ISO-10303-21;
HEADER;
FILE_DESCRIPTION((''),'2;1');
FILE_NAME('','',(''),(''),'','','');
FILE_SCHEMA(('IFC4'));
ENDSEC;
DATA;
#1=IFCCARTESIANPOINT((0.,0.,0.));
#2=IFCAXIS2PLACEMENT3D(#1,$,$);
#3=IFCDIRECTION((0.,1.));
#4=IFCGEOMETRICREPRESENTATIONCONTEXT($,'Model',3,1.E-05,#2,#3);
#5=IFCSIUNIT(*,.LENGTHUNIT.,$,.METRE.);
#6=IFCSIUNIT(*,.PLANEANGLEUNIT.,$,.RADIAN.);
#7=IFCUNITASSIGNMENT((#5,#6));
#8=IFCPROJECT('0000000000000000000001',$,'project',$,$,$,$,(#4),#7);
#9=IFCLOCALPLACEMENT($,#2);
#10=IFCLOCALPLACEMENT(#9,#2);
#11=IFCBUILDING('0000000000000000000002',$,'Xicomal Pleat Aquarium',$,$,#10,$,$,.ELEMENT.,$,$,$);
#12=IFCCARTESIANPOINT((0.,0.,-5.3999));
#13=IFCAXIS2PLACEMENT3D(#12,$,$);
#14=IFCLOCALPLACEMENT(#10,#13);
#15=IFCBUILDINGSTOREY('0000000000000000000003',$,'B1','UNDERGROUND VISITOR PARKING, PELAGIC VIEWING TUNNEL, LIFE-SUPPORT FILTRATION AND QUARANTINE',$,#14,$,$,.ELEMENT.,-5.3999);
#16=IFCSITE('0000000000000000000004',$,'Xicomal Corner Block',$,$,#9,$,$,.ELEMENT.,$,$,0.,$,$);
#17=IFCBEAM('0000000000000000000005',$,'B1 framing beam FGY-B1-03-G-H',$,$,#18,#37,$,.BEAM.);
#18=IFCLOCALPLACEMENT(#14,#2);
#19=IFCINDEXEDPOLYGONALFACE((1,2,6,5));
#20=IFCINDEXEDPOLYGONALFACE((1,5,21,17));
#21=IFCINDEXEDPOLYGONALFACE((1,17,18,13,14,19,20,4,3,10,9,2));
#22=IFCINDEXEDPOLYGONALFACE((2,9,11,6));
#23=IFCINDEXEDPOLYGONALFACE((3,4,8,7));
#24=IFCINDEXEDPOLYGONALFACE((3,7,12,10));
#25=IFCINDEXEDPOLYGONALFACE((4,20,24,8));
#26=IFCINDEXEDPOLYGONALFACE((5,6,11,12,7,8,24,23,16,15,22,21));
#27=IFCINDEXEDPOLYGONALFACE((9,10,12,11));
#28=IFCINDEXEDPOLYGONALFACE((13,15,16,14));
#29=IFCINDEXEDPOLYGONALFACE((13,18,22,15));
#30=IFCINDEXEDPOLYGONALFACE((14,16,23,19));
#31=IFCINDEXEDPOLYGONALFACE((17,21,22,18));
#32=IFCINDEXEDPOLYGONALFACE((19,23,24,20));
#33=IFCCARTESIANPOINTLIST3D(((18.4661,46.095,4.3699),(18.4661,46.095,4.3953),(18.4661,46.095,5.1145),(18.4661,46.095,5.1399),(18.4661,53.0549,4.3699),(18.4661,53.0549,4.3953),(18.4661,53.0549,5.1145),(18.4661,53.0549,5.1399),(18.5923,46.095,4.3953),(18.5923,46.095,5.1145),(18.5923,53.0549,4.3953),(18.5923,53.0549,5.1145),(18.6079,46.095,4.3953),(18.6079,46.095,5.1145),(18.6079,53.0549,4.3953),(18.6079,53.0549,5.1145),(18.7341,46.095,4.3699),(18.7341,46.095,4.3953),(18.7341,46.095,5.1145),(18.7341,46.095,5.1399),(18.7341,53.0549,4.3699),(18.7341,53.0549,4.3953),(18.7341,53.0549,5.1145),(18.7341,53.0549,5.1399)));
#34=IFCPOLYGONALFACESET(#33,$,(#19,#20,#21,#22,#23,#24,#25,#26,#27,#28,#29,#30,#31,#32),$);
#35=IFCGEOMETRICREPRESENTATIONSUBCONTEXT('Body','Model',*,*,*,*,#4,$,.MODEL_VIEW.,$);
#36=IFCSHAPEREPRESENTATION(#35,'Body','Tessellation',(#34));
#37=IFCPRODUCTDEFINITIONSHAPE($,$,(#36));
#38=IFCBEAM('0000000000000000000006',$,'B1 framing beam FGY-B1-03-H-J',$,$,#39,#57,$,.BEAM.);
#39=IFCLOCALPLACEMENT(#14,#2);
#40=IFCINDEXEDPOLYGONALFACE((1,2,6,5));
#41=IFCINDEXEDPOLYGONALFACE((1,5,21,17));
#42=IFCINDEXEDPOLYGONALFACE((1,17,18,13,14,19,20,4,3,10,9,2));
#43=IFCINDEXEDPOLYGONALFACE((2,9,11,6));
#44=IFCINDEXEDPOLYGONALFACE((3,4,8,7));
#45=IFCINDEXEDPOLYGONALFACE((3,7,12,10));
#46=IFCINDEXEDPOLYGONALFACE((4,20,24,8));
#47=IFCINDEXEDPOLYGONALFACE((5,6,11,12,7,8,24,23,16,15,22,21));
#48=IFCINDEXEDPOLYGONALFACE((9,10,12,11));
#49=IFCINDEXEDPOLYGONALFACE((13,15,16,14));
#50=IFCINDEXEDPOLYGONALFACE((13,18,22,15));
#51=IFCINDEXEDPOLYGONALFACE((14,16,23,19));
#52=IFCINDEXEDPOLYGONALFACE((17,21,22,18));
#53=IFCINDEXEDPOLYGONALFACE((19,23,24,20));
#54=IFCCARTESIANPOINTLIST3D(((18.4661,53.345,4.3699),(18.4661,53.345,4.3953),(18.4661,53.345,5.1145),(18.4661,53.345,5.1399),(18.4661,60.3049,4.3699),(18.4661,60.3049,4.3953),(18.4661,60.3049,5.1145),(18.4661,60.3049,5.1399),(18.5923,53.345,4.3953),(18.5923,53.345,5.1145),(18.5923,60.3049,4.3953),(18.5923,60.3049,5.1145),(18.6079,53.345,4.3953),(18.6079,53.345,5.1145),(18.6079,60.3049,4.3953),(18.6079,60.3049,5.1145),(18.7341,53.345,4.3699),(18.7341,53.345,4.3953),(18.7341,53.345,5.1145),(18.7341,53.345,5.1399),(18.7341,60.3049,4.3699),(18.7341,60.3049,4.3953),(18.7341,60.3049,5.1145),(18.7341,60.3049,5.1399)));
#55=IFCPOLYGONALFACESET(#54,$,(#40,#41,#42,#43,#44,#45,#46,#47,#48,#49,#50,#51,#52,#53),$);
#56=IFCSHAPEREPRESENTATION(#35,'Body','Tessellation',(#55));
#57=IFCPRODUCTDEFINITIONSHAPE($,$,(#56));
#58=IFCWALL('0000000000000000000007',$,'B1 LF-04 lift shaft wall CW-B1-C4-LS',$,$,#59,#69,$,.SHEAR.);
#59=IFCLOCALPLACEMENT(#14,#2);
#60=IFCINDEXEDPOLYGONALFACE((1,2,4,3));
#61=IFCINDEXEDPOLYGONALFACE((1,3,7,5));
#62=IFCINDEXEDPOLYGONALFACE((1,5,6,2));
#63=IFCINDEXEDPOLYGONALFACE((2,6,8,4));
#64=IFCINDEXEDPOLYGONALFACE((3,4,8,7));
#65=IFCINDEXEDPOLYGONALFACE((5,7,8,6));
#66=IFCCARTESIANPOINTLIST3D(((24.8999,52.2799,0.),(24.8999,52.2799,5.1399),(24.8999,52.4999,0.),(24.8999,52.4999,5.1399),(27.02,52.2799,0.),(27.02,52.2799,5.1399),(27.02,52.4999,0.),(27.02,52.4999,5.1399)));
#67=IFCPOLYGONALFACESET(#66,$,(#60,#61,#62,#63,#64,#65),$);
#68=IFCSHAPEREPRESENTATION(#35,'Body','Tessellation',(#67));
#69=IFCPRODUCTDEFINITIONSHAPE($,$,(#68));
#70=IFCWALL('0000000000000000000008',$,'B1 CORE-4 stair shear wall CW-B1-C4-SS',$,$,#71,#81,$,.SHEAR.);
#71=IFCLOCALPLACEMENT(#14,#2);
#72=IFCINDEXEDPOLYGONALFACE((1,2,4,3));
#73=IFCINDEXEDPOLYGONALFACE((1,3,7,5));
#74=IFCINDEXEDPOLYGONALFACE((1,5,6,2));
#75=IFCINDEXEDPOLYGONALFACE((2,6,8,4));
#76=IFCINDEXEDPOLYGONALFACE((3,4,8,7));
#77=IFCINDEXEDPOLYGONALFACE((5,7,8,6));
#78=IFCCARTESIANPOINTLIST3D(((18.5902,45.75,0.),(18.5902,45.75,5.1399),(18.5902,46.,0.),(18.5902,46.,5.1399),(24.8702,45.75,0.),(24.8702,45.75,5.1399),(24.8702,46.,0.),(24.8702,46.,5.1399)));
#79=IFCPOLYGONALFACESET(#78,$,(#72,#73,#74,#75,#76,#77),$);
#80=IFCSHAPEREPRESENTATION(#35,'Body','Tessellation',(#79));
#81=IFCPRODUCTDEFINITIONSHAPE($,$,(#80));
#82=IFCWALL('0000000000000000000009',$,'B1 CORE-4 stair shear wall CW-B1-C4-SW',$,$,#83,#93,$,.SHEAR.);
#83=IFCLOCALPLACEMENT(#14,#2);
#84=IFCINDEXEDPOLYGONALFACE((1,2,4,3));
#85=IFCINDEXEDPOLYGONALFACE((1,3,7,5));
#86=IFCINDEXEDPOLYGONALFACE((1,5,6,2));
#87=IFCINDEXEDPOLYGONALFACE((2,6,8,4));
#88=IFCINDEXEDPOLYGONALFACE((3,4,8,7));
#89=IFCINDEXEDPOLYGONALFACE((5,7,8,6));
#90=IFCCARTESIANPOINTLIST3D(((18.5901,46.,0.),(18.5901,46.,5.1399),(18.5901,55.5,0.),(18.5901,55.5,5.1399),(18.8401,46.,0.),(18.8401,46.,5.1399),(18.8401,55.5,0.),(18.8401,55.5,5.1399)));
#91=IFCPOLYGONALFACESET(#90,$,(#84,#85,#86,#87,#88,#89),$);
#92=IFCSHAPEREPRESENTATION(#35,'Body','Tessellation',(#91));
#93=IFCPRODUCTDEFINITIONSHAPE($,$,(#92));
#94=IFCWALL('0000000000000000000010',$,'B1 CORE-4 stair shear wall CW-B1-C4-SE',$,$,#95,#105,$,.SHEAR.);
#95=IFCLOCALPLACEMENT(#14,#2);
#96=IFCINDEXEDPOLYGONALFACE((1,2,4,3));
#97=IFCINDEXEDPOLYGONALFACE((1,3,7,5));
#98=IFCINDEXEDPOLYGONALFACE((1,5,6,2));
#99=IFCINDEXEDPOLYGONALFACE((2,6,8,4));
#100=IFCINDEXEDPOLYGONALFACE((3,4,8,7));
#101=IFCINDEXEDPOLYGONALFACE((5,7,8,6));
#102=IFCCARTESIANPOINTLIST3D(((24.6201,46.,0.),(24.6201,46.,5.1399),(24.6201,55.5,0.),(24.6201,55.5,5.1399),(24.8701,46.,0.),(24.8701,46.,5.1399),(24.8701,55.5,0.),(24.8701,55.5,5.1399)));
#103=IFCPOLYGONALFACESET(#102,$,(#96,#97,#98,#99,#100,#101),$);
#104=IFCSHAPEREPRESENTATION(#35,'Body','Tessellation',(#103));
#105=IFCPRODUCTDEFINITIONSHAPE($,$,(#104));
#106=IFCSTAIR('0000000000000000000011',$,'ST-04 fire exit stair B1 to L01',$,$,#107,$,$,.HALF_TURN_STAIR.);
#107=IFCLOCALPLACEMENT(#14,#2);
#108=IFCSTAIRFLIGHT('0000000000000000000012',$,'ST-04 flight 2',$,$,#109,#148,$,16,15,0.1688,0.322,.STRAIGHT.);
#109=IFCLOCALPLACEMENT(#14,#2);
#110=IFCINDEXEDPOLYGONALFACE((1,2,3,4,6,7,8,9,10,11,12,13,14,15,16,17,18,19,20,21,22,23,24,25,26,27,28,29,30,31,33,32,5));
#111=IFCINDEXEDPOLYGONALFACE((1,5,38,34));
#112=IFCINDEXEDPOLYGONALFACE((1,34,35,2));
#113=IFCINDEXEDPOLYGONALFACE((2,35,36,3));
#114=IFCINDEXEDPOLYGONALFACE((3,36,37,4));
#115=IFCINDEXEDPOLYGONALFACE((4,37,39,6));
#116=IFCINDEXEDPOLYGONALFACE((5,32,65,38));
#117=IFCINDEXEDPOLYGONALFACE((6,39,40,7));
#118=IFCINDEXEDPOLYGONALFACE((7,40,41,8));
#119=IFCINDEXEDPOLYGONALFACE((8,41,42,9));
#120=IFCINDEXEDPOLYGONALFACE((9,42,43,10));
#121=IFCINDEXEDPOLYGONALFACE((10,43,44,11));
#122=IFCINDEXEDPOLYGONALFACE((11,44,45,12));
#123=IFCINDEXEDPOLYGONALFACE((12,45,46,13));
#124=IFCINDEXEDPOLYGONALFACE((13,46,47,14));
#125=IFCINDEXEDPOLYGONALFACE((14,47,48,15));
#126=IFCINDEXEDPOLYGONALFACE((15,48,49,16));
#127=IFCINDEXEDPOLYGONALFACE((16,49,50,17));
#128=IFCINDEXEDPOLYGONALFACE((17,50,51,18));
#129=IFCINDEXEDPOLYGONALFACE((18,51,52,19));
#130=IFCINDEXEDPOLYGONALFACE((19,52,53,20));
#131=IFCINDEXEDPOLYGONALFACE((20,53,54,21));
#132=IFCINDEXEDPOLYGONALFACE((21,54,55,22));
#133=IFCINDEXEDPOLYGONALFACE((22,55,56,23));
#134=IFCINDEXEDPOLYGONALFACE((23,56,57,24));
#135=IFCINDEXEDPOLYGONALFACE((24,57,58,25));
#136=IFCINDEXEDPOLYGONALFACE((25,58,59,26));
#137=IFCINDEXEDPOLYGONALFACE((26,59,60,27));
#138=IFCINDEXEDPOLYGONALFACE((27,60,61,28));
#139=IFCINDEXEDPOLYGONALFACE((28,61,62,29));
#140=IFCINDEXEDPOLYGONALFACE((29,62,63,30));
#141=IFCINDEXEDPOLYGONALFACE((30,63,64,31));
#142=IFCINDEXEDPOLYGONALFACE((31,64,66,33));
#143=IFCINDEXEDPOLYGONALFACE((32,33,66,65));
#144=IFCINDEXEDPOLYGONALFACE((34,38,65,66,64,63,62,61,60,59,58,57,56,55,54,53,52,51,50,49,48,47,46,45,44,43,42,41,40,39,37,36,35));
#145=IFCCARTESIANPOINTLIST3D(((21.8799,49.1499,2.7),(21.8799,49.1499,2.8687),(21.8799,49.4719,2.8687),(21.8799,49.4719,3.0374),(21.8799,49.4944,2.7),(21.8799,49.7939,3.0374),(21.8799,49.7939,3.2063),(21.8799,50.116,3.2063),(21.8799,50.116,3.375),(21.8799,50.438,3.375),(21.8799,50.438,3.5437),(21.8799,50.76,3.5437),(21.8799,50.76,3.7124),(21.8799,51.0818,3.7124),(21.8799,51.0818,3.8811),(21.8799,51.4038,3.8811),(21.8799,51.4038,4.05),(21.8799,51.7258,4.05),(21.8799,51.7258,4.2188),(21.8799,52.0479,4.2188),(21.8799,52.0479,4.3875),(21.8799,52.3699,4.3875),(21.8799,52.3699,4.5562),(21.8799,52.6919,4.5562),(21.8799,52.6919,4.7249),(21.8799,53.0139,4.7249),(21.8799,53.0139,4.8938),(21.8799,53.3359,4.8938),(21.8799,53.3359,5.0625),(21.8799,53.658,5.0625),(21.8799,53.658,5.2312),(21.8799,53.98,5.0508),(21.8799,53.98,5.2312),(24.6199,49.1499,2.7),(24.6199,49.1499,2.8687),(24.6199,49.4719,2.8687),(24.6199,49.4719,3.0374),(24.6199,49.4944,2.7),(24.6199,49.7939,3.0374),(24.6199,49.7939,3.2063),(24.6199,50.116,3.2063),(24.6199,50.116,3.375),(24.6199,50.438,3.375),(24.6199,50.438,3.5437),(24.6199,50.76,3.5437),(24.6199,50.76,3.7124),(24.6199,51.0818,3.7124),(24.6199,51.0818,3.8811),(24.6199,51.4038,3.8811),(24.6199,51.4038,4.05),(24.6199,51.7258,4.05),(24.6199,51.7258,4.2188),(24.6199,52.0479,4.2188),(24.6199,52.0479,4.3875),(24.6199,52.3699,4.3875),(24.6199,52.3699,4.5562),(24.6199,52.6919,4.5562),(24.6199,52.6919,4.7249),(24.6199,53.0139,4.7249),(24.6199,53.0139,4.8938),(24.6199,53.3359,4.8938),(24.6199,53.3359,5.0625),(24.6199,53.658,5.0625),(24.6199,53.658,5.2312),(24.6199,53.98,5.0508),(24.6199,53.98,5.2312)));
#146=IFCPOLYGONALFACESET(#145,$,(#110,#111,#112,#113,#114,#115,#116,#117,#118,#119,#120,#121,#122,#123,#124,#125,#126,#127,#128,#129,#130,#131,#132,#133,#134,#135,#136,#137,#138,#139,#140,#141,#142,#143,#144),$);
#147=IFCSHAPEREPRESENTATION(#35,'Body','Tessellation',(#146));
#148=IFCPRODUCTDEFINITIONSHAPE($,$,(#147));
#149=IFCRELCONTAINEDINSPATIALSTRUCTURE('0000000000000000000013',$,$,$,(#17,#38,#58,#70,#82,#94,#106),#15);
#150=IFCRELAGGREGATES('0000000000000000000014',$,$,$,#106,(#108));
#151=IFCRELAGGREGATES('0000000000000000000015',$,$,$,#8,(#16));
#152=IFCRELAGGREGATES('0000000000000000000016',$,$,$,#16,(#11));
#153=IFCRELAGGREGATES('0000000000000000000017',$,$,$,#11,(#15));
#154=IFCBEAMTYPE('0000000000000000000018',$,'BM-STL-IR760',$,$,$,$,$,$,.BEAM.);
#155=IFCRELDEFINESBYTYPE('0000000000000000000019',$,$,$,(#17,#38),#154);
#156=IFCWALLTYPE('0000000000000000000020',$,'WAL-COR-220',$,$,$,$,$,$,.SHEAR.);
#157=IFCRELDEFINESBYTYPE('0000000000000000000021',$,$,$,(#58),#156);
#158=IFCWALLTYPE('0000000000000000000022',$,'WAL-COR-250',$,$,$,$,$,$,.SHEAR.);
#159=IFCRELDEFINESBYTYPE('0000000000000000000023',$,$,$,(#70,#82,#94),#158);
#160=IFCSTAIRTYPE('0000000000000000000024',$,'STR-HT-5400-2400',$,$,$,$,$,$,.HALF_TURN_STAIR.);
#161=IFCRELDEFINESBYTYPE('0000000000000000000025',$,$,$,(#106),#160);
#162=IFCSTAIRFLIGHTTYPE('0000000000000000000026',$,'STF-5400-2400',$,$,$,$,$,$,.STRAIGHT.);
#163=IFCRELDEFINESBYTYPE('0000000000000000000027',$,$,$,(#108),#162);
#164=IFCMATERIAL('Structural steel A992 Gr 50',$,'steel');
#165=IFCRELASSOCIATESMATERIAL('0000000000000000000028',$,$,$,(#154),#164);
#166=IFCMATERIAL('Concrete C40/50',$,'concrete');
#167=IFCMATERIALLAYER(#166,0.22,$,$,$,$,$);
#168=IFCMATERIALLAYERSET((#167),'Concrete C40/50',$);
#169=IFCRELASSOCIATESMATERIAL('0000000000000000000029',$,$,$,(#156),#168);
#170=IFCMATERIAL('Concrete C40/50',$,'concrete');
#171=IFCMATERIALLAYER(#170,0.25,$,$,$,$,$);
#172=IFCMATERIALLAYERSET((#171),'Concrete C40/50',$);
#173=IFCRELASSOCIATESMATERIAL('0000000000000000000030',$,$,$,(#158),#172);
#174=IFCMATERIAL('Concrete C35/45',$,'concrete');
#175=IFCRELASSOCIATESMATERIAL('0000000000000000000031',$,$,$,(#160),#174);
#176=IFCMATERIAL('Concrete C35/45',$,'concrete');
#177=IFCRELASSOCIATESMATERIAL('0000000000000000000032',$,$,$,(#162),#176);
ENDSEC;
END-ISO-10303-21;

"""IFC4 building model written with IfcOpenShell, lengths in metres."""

from ifc_helpers import new_model, si_unit, direction, frame, frame_2d, origin, origin_2d, place, context, subcontext, project, spatial, polyline, rectangle, i_section, outline, extrude, material, layer, layer_set, material_profile, profile_set, type_object, element, aggregate, save


model = new_model("IFC4")

# Units and contexts
model_context = context("Model", 3, precision=1e-05, world=origin(), true_north=direction((0.0, 1.0)))
body_context = subcontext(model_context, "Body", "Model", "MODEL_VIEW")
ifc_project = project(units=[si_unit("LENGTHUNIT", "METRE"), si_unit("PLANEANGLEUNIT", "RADIAN")], contexts=[model_context])

# Site, building, storey
site_placement = place(None, origin())
site = spatial("IfcSite", under=ifc_project, at=site_placement, Name="Xicomal Corner Block", CompositionType="ELEMENT", RefElevation=0.0)
building_placement = place(site_placement, origin())
building = spatial("IfcBuilding", under=site, at=building_placement, Name="Xicomal Pleat Aquarium", CompositionType="ELEMENT")
storey_placement = place(building_placement, frame((0.0, 0.0, -5.3999)))
storey = spatial("IfcBuildingStorey", under=building, at=storey_placement, Name="B1", Description="UNDERGROUND VISITOR PARKING, PELAGIC VIEWING TUNNEL, LIFE-SUPPORT FILTRATION AND QUARANTINE", CompositionType="ELEMENT", Elevation=-5.3999)

# Beams
ifc_material_1 = material(Name="Structural steel A992 Gr 50", Category="steel")
ifc_material_profile_1 = material_profile(ifc_material_1, i_section(OverallWidth=0.2681, OverallDepth=0.77, WebThickness=0.0156, FlangeThickness=0.0254, at=origin_2d()), Name="IR 760x196")
ifc_profile_set_1 = profile_set([ifc_material_profile_1], Name="Structural steel A992 Gr 50")
beam_type_1 = type_object("IfcBeamType", Name="BM-STL-IR760", PredefinedType="BEAM", material=ifc_profile_set_1)
for number, where, z_axis, x_axis, name in (
    (1, (18.6001, 46.095, 4.7549), (0.0, 1.0, 0.0), (-1.0, 0.0, 0.0), "B1 framing beam FGY-B1-03-G-H"),
    (2, (18.6001, 53.345, 4.7549), (0.0, 1.0, 0.0), (-1.0, 0.0, 0.0), "B1 framing beam FGY-B1-03-H-J"),
):
    element("IfcBeam", number, at=place(storey_placement, frame(where, z_axis=z_axis, x_axis=x_axis)), inside=storey, type_object=beam_type_1, Name=name, PredefinedType="BEAM", context=body_context, shape_type="SweptSolid", body=[
        extrude(i_section(OverallWidth=0.2681, OverallDepth=0.77, WebThickness=0.0156, FlangeThickness=0.0254, at=origin_2d()), origin(), (0.0, 0.0, 1.0), 6.96),
    ])

# Walls
ifc_material_2 = material(Name="Concrete C40/50", Category="concrete")
ifc_layer_1 = layer(ifc_material_2, 0.22)
ifc_layer_set_1 = layer_set([ifc_layer_1], Name="Concrete C40/50")
wall_type_1 = type_object("IfcWallType", Name="WAL-COR-220", PredefinedType="SHEAR", material=ifc_layer_set_1)
wall_1_placement = place(storey_placement, frame((24.8999, 52.3899, 0.0), z_axis=(0.0, 0.0, 1.0), x_axis=(1.0, 0.0, 0.0)))
element("IfcWall", 3, at=wall_1_placement, inside=storey, type_object=wall_type_1, Name="B1 LF-04 lift shaft wall CW-B1-C4-LS", PredefinedType="SHEAR", context=body_context, shape_type="SweptSolid", body=[
    extrude(rectangle(XDim=2.1201, YDim=0.22, at=frame_2d((1.0601, 0.0))), origin(), (0.0, 0.0, 1.0), 5.1399),
])
ifc_material_3 = material(Name="Concrete C40/50", Category="concrete")
ifc_layer_2 = layer(ifc_material_3, 0.25)
ifc_layer_set_2 = layer_set([ifc_layer_2], Name="Concrete C40/50")
wall_type_2 = type_object("IfcWallType", Name="WAL-COR-250", PredefinedType="SHEAR", material=ifc_layer_set_2)
wall_2_placement = place(storey_placement, frame((18.5901, 45.875, 0.0), z_axis=(0.0, 0.0, 1.0), x_axis=(1.0, 0.0, 0.0)))
element("IfcWall", 4, at=wall_2_placement, inside=storey, type_object=wall_type_2, Name="B1 CORE-4 stair shear wall CW-B1-C4-SS", PredefinedType="SHEAR", context=body_context, shape_type="SweptSolid", body=[
    extrude(rectangle(XDim=6.28, YDim=0.25, at=frame_2d((3.1401, 0.0))), origin(), (0.0, 0.0, 1.0), 5.1399),
])
for number, where, z_axis, x_axis, name in (
    (5, (18.7151, 46.0, 0.0), (0.0, 0.0, 1.0), (0.0, 1.0, 0.0), "B1 CORE-4 stair shear wall CW-B1-C4-SW"),
    (6, (24.7451, 46.0, 0.0), (0.0, 0.0, 1.0), (0.0, 1.0, 0.0), "B1 CORE-4 stair shear wall CW-B1-C4-SE"),
):
    element("IfcWall", number, at=place(storey_placement, frame(where, z_axis=z_axis, x_axis=x_axis)), inside=storey, type_object=wall_type_2, Name=name, PredefinedType="SHEAR", context=body_context, shape_type="SweptSolid", body=[
        extrude(rectangle(XDim=9.5, YDim=0.25, at=frame_2d((4.75, 0.0))), origin(), (0.0, 0.0, 1.0), 5.1399),
    ])

# Stair, stair flight
ifc_material_4 = material(Name="Concrete C35/45", Category="concrete")
stair_type = type_object("IfcStairType", Name="STR-HT-5400-2400", PredefinedType="HALF_TURN_STAIR", material=ifc_material_4)
stair_placement = place(storey_placement, origin())
stair = element("IfcStair", 7, at=stair_placement, inside=storey, type_object=stair_type, Name="ST-04 fire exit stair B1 to L01", PredefinedType="HALF_TURN_STAIR")
ifc_material_5 = material(Name="Concrete C35/45", Category="concrete")
stair_flight_type = type_object("IfcStairFlightType", Name="STF-5400-2400", PredefinedType="STRAIGHT", material=ifc_material_5)
stair_flight_placement = place(storey_placement, frame((23.25, 49.1499, 2.7), z_axis=(0.0, 0.0, 1.0), x_axis=(0.0, 1.0, 0.0)))
stair_flight = element("IfcStairFlight", 8, at=stair_flight_placement, type_object=stair_flight_type, Name="ST-04 flight 2", NumberOfRisers=16, NumberOfTreads=15, PredefinedType="STRAIGHT", RiserHeight=0.1688, TreadLength=0.322, context=body_context, shape_type="SweptSolid", body=[
    extrude(outline(polyline([(0.0, 0.0), (0.0, 0.1687), (0.322, 0.1687), (0.322, 0.3374), (0.644, 0.3374), (0.644, 0.5063), (0.9661, 0.5063), (0.9661, 0.675), (1.2881, 0.675), (1.2881, 0.8438), (1.6101, 0.8438), (1.6101, 1.0125), (1.9319, 1.0125), (1.9319, 1.1812), (2.2539, 1.1812), (2.2539, 1.3501), (2.5759, 1.3501), (2.5759, 1.5188), (2.8979, 1.5188), (2.8979, 1.6875), (3.22, 1.6875), (3.22, 1.8562), (3.542, 1.8562), (3.542, 2.0249), (3.864, 2.0249), (3.864, 2.1938), (4.186, 2.1938), (4.186, 2.3625), (4.5081, 2.3625), (4.5081, 2.5312), (4.8301, 2.5312), (4.8301, 2.7), (4.8301, 2.3508), (0.3445, 0.0), (0.0, 0.0)])), frame((0.0, 1.3701, 0.0), z_axis=(0.0, -1.0, 0.0), x_axis=(1.0, 0.0, 0.0)), (0.0, 0.0, 1.0), 2.74),
])
aggregate(stair, [stair_flight])

save(model, "model.ifc")
